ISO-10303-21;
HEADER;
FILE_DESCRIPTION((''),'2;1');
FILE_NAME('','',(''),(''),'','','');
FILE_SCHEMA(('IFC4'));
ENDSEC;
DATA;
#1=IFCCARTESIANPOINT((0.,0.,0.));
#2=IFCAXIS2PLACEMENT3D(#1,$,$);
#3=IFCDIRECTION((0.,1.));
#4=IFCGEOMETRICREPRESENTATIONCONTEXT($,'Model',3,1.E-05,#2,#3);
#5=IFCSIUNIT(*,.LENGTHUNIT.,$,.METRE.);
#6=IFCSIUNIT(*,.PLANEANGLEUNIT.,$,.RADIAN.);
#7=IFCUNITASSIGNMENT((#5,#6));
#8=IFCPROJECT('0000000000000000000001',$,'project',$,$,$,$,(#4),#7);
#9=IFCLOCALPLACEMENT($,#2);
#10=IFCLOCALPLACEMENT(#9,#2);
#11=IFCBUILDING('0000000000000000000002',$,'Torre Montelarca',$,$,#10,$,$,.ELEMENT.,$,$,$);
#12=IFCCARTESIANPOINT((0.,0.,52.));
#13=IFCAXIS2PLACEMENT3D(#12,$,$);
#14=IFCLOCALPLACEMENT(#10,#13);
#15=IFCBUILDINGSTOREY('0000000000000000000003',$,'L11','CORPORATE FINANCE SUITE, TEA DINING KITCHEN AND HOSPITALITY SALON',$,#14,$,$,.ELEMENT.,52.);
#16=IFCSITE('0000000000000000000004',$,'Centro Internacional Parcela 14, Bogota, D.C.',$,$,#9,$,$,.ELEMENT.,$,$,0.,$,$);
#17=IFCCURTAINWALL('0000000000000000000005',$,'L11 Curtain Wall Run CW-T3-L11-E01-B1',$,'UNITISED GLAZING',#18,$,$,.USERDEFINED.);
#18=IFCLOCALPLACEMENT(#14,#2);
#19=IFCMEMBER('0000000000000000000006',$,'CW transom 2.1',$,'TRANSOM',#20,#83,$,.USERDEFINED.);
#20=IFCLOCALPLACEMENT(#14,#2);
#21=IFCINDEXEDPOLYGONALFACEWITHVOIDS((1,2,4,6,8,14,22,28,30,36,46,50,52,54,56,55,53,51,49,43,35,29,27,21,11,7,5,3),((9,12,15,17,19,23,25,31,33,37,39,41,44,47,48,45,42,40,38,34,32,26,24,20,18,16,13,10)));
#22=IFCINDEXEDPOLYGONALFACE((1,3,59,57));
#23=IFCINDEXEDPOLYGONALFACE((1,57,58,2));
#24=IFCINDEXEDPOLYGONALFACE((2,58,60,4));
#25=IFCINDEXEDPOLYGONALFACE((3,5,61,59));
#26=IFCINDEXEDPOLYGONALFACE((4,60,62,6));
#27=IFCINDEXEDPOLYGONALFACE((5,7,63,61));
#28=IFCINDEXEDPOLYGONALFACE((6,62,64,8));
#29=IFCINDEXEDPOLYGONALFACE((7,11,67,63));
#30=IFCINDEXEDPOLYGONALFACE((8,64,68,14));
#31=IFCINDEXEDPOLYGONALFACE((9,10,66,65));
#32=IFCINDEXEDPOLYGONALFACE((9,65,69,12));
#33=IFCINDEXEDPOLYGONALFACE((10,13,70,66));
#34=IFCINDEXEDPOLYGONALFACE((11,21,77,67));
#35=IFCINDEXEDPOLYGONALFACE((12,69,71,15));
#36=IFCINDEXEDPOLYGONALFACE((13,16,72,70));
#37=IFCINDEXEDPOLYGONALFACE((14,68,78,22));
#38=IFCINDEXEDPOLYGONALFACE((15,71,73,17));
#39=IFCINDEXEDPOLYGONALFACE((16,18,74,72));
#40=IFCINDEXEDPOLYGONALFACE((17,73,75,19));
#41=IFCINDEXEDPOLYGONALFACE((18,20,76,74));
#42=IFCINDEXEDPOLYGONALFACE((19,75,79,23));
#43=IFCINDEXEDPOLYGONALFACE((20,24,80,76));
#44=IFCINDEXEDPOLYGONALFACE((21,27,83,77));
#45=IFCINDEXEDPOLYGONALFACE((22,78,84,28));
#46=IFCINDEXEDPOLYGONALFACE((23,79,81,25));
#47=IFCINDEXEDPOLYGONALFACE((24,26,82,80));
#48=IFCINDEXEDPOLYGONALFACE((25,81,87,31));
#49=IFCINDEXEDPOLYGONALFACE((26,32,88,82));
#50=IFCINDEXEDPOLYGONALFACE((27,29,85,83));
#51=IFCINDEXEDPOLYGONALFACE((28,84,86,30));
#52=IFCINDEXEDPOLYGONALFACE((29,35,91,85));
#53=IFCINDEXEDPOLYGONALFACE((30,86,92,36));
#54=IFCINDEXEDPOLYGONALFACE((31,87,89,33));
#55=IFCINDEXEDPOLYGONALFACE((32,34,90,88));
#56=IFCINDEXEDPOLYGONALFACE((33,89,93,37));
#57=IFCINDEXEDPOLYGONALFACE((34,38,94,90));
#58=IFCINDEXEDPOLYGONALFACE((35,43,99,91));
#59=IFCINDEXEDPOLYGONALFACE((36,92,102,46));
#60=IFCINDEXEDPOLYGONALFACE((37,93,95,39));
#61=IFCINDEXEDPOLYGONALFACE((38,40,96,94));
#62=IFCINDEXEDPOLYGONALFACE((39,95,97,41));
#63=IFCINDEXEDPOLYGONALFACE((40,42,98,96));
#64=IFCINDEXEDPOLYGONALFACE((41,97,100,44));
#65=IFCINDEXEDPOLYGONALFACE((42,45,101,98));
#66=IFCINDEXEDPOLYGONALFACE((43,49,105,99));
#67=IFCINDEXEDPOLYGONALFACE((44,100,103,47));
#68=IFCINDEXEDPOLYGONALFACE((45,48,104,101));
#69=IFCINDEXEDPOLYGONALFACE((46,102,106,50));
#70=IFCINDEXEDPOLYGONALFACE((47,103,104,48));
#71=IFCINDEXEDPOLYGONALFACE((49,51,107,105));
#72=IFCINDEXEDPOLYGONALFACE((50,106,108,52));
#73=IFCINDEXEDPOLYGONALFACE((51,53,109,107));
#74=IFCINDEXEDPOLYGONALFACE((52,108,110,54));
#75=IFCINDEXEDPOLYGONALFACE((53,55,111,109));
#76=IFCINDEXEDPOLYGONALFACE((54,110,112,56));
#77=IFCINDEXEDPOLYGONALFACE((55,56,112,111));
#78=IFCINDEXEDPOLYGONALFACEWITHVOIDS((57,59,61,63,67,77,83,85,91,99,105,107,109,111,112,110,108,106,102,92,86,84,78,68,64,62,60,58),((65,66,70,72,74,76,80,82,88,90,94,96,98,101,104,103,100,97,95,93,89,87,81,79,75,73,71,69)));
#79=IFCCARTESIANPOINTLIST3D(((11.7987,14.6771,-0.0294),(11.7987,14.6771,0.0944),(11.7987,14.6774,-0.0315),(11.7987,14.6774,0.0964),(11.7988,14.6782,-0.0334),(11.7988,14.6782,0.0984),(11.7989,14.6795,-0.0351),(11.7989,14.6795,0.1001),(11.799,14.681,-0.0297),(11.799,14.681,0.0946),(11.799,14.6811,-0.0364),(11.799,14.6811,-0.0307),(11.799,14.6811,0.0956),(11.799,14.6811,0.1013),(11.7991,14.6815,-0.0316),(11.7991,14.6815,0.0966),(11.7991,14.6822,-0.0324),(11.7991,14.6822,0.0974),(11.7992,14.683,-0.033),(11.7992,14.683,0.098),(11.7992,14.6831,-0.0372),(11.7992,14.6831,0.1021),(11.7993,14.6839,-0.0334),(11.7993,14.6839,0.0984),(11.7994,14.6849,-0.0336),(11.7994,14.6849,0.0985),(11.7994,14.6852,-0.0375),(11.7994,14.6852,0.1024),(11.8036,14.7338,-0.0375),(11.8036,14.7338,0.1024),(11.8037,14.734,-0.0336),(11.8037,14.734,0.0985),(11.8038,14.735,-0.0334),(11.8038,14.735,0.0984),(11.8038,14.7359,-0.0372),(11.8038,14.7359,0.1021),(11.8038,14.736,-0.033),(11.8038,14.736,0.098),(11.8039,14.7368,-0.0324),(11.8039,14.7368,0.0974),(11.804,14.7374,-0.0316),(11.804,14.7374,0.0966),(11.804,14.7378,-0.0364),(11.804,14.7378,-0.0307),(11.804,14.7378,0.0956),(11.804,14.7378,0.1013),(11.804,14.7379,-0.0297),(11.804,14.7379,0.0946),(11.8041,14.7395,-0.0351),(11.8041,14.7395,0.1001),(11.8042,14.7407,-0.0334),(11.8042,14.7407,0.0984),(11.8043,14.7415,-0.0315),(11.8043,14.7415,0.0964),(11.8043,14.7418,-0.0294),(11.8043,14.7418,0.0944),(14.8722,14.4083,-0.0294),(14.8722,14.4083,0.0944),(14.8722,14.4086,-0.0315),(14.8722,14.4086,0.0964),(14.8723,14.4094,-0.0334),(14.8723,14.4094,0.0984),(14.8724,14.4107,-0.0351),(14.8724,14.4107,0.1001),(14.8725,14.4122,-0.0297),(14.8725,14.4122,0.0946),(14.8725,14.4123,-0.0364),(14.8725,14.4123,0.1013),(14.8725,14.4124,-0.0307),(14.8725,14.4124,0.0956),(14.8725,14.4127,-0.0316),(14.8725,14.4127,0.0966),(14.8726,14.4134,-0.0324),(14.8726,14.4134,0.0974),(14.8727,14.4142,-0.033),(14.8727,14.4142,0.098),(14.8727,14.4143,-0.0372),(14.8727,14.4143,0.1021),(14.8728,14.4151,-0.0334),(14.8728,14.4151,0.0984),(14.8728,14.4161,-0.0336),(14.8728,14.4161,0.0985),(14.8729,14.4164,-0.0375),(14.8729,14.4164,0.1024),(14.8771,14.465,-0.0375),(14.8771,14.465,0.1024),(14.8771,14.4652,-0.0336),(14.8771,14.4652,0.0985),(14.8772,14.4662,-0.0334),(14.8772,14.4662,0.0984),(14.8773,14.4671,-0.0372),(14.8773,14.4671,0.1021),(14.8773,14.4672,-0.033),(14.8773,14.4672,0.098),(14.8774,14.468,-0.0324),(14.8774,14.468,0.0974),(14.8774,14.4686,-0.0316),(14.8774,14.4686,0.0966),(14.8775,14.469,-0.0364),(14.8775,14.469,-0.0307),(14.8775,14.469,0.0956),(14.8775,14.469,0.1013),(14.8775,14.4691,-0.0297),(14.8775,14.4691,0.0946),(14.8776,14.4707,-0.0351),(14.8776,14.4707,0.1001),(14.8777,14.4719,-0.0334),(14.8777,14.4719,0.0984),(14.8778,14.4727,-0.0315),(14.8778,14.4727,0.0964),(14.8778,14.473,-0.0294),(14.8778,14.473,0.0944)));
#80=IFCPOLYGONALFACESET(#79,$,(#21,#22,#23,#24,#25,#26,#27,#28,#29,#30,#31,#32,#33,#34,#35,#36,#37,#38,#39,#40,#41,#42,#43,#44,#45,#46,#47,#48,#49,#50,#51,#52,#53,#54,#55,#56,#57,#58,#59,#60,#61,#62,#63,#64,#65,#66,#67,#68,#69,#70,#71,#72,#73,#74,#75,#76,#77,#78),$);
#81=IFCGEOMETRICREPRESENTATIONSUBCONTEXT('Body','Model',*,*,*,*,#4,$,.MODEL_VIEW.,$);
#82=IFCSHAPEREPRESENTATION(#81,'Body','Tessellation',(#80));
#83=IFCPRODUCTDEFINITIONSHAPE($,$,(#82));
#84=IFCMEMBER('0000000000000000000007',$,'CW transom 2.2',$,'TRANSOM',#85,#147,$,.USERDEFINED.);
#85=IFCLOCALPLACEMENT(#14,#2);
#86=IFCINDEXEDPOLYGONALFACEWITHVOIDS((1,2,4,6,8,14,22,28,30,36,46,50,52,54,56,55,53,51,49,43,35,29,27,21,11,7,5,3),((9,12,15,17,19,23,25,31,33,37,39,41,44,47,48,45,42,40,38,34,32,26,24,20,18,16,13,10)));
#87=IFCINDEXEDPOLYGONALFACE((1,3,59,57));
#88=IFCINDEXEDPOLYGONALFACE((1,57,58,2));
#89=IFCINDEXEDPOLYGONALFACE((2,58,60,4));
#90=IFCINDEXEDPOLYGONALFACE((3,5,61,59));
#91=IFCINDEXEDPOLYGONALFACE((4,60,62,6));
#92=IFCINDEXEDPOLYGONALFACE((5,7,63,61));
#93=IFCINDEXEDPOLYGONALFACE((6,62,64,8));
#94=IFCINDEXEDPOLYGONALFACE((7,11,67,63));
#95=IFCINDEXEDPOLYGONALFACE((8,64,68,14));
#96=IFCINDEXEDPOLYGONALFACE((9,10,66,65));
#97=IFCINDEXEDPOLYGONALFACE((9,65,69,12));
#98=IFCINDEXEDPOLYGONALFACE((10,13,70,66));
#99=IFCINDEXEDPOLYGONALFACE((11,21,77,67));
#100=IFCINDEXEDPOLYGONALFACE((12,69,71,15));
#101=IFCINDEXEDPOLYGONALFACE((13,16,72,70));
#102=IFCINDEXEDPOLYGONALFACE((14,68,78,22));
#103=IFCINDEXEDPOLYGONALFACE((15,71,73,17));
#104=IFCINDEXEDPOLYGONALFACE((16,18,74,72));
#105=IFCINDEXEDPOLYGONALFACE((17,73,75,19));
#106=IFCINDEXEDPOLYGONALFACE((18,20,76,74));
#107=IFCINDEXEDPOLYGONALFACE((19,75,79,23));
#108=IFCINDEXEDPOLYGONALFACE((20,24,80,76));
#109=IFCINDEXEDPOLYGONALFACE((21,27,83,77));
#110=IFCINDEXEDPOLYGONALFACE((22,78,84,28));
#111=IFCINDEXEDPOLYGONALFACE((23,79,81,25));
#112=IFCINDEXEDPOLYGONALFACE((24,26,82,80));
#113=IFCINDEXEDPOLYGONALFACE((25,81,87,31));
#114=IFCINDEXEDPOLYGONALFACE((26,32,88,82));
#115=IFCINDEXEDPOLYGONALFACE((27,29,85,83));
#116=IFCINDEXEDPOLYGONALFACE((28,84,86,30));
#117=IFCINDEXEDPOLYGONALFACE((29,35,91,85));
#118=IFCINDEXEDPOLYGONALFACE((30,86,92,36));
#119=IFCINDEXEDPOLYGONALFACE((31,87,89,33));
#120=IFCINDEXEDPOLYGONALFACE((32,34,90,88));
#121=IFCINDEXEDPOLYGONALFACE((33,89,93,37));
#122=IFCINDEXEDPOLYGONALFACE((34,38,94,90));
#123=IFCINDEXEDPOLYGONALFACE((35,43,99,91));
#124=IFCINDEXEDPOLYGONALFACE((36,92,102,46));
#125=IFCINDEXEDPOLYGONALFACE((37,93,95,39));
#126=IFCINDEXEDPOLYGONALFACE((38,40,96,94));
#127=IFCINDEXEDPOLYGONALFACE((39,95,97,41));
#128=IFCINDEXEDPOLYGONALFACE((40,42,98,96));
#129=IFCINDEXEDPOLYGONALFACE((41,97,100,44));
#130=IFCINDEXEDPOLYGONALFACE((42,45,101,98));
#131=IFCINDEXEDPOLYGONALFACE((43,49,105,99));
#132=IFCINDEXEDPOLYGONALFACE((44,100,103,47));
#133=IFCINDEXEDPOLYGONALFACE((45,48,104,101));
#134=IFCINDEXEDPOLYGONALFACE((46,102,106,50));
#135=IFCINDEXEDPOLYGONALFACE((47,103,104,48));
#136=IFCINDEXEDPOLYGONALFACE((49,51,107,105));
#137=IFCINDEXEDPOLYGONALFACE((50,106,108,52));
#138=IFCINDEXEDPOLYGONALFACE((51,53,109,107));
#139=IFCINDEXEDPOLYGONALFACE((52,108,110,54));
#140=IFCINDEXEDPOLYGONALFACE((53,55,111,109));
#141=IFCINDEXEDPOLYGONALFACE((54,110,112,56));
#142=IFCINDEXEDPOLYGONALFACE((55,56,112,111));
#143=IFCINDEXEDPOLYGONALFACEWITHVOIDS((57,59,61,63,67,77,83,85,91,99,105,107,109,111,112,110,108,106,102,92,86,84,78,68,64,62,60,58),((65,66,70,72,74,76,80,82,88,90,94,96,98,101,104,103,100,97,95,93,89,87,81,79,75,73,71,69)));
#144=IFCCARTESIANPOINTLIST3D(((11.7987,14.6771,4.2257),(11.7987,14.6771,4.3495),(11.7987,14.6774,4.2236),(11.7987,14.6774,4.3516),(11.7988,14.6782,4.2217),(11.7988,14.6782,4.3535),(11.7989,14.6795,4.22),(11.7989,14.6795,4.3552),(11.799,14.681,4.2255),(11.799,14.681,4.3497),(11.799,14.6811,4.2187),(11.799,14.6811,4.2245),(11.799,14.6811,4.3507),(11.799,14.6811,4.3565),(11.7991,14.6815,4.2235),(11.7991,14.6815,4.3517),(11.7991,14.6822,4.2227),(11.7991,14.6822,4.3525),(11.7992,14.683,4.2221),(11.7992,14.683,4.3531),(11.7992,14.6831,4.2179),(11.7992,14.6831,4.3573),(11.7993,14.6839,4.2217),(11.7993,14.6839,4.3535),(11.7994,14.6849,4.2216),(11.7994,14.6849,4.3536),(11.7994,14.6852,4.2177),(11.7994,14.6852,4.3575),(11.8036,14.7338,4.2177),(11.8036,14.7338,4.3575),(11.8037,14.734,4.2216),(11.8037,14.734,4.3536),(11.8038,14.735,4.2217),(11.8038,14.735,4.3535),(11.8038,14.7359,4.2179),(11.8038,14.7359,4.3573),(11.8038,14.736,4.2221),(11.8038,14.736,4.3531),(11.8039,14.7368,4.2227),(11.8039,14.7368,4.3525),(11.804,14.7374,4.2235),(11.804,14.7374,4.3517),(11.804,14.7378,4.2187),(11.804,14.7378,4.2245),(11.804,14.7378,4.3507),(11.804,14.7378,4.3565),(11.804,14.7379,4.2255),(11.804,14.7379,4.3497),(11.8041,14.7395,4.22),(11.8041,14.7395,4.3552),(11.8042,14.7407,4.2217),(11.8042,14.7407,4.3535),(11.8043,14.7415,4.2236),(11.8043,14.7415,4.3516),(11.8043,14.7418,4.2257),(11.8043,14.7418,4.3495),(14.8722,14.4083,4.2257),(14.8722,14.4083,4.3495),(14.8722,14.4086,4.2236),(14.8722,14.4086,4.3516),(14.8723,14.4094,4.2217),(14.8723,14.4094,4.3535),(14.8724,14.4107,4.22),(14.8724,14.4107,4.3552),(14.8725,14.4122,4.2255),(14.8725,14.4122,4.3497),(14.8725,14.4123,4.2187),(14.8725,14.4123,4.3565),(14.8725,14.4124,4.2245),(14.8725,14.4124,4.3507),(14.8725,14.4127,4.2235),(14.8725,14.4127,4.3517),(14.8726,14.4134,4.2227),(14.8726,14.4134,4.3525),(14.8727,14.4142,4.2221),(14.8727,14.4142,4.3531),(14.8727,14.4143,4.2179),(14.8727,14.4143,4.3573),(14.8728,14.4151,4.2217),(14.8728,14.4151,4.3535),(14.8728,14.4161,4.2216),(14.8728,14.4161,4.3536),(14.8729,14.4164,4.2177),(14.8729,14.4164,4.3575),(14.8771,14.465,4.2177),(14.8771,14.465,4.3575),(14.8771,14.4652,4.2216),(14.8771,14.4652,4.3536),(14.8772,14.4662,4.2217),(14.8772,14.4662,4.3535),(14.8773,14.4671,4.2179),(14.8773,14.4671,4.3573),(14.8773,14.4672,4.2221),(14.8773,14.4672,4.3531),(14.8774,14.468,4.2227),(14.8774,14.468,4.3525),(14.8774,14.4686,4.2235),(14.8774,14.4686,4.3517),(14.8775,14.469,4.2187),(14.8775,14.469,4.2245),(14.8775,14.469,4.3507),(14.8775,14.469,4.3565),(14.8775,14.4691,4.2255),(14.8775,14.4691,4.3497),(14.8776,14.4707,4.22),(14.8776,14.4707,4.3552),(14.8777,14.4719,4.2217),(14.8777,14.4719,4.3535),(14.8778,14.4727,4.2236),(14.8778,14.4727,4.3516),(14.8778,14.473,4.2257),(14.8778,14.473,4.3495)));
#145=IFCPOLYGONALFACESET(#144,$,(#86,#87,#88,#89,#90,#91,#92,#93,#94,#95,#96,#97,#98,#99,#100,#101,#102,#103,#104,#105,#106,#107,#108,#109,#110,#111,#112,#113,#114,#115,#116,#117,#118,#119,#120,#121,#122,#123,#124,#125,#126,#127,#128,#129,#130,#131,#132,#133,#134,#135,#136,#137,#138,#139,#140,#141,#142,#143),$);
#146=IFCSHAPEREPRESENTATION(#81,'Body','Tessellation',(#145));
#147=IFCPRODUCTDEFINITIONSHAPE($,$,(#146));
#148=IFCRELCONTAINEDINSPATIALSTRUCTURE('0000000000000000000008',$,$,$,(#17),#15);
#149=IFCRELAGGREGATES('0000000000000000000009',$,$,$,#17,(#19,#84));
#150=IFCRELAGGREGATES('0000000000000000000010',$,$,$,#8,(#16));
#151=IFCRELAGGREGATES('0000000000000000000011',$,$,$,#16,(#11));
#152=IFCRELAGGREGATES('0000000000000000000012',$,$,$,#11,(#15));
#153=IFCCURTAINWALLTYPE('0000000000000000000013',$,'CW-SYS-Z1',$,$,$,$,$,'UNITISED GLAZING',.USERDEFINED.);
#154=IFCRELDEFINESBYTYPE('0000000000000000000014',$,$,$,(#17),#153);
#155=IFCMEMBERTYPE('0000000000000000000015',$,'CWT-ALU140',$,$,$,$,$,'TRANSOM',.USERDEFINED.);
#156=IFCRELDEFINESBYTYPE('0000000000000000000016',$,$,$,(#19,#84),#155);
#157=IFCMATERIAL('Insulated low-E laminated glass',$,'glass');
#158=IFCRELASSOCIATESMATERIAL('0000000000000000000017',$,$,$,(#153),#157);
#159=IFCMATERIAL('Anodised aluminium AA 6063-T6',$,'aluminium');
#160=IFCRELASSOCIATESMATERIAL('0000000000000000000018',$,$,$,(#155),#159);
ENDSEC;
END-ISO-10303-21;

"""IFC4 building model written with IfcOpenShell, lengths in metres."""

from ifc_helpers import new_model, si_unit, direction, frame, origin, origin_2d, place, context, subcontext, project, spatial, hollow_rectangle, extrude, source, transform, mapped, material, material_profile, profile_set, type_object, element, aggregate, save


model = new_model("IFC4")

# Units and contexts
model_context = context("Model", 3, precision=1e-05, world=origin(), true_north=direction((0.0, 1.0)))
body_context = subcontext(model_context, "Body", "Model", "MODEL_VIEW")
ifc_project = project(units=[si_unit("LENGTHUNIT", "METRE"), si_unit("PLANEANGLEUNIT", "RADIAN")], contexts=[model_context])

# Site, building, storey
site_placement = place(None, origin())
site = spatial("IfcSite", under=ifc_project, at=site_placement, Name="Centro Internacional Parcela 14, Bogota, D.C.", CompositionType="ELEMENT", RefElevation=0.0)
building_placement = place(site_placement, origin())
building = spatial("IfcBuilding", under=site, at=building_placement, Name="Torre Montelarca", CompositionType="ELEMENT")
storey_placement = place(building_placement, frame((0.0, 0.0, 52.0)))
storey = spatial("IfcBuildingStorey", under=building, at=storey_placement, Name="L11", Description="CORPORATE FINANCE SUITE, TEA DINING KITCHEN AND HOSPITALITY SALON", CompositionType="ELEMENT", Elevation=52.0)

# Curtain wall
ifc_material_1 = material(Name="Insulated low-E laminated glass", Category="glass")
curtain_wall_type = type_object("IfcCurtainWallType", Name="CW-SYS-Z1", ElementType="UNITISED GLAZING", PredefinedType="USERDEFINED", material=ifc_material_1)
curtain_wall_1_placement = place(storey_placement, origin())
curtain_wall_1 = element("IfcCurtainWall", 1, at=curtain_wall_1_placement, inside=storey, type_object=curtain_wall_type, Name="L11 Curtain Wall Run CW-T3-L11-E01-B1", ObjectType="UNITISED GLAZING", PredefinedType="USERDEFINED")
ifc_material_2 = material(Name="Anodised aluminium AA 6063-T6", Category="aluminium")

# Members
ifc_material_profile_1 = material_profile(ifc_material_2, hollow_rectangle(XDim=0.0649, YDim=0.1399, WallThickness=0.0039, InnerFilletRadius=0.0039, OuterFilletRadius=0.0081, at=origin_2d()), Name="ALU65X140X4", Category="aluminium")
ifc_profile_set_1 = profile_set([ifc_material_profile_1], Name="Anodised aluminium AA 6063-T6")
member_type_1 = type_object("IfcMemberType", Name="CWT-ALU140", ElementType="TRANSOM", PredefinedType="USERDEFINED", material=ifc_profile_set_1)
shared_shape_1 = source(origin(), body_context, "Body", "SweptSolid", [
    extrude(hollow_rectangle(XDim=0.0649, YDim=0.1399, WallThickness=0.0039, InnerFilletRadius=0.0039, OuterFilletRadius=0.0081, at=origin_2d()), origin(), (0.0, 0.0, 1.0), 3.0852),
])
member_1_placement = place(storey_placement, frame((11.8015, 14.7095, 0.0325), z_axis=(0.996197, -0.087125, 0.0), x_axis=(0.087125, 0.996197, 0.0)))
member_1 = element("IfcMember", 2, at=member_1_placement, type_object=member_type_1, Name="CW transom 2.1", ObjectType="TRANSOM", PredefinedType="USERDEFINED", context=body_context, shape_type="MappedRepresentation", body=[
    mapped(shared_shape_1, transform((0.0, 0.0, 0.0), scale=1.0)),
])
member_2_placement = place(storey_placement, frame((11.8015, 14.7095, 4.2876), z_axis=(0.996197, -0.087125, 0.0), x_axis=(0.087125, 0.996197, 0.0)))
member_2 = element("IfcMember", 3, at=member_2_placement, type_object=member_type_1, Name="CW transom 2.2", ObjectType="TRANSOM", PredefinedType="USERDEFINED", context=body_context, shape_type="MappedRepresentation", body=[
    mapped(shared_shape_1, transform((0.0, 0.0, 0.0), scale=1.0)),
])

aggregate(curtain_wall_1, [member_1, member_2])

save(model, "model.ifc")
